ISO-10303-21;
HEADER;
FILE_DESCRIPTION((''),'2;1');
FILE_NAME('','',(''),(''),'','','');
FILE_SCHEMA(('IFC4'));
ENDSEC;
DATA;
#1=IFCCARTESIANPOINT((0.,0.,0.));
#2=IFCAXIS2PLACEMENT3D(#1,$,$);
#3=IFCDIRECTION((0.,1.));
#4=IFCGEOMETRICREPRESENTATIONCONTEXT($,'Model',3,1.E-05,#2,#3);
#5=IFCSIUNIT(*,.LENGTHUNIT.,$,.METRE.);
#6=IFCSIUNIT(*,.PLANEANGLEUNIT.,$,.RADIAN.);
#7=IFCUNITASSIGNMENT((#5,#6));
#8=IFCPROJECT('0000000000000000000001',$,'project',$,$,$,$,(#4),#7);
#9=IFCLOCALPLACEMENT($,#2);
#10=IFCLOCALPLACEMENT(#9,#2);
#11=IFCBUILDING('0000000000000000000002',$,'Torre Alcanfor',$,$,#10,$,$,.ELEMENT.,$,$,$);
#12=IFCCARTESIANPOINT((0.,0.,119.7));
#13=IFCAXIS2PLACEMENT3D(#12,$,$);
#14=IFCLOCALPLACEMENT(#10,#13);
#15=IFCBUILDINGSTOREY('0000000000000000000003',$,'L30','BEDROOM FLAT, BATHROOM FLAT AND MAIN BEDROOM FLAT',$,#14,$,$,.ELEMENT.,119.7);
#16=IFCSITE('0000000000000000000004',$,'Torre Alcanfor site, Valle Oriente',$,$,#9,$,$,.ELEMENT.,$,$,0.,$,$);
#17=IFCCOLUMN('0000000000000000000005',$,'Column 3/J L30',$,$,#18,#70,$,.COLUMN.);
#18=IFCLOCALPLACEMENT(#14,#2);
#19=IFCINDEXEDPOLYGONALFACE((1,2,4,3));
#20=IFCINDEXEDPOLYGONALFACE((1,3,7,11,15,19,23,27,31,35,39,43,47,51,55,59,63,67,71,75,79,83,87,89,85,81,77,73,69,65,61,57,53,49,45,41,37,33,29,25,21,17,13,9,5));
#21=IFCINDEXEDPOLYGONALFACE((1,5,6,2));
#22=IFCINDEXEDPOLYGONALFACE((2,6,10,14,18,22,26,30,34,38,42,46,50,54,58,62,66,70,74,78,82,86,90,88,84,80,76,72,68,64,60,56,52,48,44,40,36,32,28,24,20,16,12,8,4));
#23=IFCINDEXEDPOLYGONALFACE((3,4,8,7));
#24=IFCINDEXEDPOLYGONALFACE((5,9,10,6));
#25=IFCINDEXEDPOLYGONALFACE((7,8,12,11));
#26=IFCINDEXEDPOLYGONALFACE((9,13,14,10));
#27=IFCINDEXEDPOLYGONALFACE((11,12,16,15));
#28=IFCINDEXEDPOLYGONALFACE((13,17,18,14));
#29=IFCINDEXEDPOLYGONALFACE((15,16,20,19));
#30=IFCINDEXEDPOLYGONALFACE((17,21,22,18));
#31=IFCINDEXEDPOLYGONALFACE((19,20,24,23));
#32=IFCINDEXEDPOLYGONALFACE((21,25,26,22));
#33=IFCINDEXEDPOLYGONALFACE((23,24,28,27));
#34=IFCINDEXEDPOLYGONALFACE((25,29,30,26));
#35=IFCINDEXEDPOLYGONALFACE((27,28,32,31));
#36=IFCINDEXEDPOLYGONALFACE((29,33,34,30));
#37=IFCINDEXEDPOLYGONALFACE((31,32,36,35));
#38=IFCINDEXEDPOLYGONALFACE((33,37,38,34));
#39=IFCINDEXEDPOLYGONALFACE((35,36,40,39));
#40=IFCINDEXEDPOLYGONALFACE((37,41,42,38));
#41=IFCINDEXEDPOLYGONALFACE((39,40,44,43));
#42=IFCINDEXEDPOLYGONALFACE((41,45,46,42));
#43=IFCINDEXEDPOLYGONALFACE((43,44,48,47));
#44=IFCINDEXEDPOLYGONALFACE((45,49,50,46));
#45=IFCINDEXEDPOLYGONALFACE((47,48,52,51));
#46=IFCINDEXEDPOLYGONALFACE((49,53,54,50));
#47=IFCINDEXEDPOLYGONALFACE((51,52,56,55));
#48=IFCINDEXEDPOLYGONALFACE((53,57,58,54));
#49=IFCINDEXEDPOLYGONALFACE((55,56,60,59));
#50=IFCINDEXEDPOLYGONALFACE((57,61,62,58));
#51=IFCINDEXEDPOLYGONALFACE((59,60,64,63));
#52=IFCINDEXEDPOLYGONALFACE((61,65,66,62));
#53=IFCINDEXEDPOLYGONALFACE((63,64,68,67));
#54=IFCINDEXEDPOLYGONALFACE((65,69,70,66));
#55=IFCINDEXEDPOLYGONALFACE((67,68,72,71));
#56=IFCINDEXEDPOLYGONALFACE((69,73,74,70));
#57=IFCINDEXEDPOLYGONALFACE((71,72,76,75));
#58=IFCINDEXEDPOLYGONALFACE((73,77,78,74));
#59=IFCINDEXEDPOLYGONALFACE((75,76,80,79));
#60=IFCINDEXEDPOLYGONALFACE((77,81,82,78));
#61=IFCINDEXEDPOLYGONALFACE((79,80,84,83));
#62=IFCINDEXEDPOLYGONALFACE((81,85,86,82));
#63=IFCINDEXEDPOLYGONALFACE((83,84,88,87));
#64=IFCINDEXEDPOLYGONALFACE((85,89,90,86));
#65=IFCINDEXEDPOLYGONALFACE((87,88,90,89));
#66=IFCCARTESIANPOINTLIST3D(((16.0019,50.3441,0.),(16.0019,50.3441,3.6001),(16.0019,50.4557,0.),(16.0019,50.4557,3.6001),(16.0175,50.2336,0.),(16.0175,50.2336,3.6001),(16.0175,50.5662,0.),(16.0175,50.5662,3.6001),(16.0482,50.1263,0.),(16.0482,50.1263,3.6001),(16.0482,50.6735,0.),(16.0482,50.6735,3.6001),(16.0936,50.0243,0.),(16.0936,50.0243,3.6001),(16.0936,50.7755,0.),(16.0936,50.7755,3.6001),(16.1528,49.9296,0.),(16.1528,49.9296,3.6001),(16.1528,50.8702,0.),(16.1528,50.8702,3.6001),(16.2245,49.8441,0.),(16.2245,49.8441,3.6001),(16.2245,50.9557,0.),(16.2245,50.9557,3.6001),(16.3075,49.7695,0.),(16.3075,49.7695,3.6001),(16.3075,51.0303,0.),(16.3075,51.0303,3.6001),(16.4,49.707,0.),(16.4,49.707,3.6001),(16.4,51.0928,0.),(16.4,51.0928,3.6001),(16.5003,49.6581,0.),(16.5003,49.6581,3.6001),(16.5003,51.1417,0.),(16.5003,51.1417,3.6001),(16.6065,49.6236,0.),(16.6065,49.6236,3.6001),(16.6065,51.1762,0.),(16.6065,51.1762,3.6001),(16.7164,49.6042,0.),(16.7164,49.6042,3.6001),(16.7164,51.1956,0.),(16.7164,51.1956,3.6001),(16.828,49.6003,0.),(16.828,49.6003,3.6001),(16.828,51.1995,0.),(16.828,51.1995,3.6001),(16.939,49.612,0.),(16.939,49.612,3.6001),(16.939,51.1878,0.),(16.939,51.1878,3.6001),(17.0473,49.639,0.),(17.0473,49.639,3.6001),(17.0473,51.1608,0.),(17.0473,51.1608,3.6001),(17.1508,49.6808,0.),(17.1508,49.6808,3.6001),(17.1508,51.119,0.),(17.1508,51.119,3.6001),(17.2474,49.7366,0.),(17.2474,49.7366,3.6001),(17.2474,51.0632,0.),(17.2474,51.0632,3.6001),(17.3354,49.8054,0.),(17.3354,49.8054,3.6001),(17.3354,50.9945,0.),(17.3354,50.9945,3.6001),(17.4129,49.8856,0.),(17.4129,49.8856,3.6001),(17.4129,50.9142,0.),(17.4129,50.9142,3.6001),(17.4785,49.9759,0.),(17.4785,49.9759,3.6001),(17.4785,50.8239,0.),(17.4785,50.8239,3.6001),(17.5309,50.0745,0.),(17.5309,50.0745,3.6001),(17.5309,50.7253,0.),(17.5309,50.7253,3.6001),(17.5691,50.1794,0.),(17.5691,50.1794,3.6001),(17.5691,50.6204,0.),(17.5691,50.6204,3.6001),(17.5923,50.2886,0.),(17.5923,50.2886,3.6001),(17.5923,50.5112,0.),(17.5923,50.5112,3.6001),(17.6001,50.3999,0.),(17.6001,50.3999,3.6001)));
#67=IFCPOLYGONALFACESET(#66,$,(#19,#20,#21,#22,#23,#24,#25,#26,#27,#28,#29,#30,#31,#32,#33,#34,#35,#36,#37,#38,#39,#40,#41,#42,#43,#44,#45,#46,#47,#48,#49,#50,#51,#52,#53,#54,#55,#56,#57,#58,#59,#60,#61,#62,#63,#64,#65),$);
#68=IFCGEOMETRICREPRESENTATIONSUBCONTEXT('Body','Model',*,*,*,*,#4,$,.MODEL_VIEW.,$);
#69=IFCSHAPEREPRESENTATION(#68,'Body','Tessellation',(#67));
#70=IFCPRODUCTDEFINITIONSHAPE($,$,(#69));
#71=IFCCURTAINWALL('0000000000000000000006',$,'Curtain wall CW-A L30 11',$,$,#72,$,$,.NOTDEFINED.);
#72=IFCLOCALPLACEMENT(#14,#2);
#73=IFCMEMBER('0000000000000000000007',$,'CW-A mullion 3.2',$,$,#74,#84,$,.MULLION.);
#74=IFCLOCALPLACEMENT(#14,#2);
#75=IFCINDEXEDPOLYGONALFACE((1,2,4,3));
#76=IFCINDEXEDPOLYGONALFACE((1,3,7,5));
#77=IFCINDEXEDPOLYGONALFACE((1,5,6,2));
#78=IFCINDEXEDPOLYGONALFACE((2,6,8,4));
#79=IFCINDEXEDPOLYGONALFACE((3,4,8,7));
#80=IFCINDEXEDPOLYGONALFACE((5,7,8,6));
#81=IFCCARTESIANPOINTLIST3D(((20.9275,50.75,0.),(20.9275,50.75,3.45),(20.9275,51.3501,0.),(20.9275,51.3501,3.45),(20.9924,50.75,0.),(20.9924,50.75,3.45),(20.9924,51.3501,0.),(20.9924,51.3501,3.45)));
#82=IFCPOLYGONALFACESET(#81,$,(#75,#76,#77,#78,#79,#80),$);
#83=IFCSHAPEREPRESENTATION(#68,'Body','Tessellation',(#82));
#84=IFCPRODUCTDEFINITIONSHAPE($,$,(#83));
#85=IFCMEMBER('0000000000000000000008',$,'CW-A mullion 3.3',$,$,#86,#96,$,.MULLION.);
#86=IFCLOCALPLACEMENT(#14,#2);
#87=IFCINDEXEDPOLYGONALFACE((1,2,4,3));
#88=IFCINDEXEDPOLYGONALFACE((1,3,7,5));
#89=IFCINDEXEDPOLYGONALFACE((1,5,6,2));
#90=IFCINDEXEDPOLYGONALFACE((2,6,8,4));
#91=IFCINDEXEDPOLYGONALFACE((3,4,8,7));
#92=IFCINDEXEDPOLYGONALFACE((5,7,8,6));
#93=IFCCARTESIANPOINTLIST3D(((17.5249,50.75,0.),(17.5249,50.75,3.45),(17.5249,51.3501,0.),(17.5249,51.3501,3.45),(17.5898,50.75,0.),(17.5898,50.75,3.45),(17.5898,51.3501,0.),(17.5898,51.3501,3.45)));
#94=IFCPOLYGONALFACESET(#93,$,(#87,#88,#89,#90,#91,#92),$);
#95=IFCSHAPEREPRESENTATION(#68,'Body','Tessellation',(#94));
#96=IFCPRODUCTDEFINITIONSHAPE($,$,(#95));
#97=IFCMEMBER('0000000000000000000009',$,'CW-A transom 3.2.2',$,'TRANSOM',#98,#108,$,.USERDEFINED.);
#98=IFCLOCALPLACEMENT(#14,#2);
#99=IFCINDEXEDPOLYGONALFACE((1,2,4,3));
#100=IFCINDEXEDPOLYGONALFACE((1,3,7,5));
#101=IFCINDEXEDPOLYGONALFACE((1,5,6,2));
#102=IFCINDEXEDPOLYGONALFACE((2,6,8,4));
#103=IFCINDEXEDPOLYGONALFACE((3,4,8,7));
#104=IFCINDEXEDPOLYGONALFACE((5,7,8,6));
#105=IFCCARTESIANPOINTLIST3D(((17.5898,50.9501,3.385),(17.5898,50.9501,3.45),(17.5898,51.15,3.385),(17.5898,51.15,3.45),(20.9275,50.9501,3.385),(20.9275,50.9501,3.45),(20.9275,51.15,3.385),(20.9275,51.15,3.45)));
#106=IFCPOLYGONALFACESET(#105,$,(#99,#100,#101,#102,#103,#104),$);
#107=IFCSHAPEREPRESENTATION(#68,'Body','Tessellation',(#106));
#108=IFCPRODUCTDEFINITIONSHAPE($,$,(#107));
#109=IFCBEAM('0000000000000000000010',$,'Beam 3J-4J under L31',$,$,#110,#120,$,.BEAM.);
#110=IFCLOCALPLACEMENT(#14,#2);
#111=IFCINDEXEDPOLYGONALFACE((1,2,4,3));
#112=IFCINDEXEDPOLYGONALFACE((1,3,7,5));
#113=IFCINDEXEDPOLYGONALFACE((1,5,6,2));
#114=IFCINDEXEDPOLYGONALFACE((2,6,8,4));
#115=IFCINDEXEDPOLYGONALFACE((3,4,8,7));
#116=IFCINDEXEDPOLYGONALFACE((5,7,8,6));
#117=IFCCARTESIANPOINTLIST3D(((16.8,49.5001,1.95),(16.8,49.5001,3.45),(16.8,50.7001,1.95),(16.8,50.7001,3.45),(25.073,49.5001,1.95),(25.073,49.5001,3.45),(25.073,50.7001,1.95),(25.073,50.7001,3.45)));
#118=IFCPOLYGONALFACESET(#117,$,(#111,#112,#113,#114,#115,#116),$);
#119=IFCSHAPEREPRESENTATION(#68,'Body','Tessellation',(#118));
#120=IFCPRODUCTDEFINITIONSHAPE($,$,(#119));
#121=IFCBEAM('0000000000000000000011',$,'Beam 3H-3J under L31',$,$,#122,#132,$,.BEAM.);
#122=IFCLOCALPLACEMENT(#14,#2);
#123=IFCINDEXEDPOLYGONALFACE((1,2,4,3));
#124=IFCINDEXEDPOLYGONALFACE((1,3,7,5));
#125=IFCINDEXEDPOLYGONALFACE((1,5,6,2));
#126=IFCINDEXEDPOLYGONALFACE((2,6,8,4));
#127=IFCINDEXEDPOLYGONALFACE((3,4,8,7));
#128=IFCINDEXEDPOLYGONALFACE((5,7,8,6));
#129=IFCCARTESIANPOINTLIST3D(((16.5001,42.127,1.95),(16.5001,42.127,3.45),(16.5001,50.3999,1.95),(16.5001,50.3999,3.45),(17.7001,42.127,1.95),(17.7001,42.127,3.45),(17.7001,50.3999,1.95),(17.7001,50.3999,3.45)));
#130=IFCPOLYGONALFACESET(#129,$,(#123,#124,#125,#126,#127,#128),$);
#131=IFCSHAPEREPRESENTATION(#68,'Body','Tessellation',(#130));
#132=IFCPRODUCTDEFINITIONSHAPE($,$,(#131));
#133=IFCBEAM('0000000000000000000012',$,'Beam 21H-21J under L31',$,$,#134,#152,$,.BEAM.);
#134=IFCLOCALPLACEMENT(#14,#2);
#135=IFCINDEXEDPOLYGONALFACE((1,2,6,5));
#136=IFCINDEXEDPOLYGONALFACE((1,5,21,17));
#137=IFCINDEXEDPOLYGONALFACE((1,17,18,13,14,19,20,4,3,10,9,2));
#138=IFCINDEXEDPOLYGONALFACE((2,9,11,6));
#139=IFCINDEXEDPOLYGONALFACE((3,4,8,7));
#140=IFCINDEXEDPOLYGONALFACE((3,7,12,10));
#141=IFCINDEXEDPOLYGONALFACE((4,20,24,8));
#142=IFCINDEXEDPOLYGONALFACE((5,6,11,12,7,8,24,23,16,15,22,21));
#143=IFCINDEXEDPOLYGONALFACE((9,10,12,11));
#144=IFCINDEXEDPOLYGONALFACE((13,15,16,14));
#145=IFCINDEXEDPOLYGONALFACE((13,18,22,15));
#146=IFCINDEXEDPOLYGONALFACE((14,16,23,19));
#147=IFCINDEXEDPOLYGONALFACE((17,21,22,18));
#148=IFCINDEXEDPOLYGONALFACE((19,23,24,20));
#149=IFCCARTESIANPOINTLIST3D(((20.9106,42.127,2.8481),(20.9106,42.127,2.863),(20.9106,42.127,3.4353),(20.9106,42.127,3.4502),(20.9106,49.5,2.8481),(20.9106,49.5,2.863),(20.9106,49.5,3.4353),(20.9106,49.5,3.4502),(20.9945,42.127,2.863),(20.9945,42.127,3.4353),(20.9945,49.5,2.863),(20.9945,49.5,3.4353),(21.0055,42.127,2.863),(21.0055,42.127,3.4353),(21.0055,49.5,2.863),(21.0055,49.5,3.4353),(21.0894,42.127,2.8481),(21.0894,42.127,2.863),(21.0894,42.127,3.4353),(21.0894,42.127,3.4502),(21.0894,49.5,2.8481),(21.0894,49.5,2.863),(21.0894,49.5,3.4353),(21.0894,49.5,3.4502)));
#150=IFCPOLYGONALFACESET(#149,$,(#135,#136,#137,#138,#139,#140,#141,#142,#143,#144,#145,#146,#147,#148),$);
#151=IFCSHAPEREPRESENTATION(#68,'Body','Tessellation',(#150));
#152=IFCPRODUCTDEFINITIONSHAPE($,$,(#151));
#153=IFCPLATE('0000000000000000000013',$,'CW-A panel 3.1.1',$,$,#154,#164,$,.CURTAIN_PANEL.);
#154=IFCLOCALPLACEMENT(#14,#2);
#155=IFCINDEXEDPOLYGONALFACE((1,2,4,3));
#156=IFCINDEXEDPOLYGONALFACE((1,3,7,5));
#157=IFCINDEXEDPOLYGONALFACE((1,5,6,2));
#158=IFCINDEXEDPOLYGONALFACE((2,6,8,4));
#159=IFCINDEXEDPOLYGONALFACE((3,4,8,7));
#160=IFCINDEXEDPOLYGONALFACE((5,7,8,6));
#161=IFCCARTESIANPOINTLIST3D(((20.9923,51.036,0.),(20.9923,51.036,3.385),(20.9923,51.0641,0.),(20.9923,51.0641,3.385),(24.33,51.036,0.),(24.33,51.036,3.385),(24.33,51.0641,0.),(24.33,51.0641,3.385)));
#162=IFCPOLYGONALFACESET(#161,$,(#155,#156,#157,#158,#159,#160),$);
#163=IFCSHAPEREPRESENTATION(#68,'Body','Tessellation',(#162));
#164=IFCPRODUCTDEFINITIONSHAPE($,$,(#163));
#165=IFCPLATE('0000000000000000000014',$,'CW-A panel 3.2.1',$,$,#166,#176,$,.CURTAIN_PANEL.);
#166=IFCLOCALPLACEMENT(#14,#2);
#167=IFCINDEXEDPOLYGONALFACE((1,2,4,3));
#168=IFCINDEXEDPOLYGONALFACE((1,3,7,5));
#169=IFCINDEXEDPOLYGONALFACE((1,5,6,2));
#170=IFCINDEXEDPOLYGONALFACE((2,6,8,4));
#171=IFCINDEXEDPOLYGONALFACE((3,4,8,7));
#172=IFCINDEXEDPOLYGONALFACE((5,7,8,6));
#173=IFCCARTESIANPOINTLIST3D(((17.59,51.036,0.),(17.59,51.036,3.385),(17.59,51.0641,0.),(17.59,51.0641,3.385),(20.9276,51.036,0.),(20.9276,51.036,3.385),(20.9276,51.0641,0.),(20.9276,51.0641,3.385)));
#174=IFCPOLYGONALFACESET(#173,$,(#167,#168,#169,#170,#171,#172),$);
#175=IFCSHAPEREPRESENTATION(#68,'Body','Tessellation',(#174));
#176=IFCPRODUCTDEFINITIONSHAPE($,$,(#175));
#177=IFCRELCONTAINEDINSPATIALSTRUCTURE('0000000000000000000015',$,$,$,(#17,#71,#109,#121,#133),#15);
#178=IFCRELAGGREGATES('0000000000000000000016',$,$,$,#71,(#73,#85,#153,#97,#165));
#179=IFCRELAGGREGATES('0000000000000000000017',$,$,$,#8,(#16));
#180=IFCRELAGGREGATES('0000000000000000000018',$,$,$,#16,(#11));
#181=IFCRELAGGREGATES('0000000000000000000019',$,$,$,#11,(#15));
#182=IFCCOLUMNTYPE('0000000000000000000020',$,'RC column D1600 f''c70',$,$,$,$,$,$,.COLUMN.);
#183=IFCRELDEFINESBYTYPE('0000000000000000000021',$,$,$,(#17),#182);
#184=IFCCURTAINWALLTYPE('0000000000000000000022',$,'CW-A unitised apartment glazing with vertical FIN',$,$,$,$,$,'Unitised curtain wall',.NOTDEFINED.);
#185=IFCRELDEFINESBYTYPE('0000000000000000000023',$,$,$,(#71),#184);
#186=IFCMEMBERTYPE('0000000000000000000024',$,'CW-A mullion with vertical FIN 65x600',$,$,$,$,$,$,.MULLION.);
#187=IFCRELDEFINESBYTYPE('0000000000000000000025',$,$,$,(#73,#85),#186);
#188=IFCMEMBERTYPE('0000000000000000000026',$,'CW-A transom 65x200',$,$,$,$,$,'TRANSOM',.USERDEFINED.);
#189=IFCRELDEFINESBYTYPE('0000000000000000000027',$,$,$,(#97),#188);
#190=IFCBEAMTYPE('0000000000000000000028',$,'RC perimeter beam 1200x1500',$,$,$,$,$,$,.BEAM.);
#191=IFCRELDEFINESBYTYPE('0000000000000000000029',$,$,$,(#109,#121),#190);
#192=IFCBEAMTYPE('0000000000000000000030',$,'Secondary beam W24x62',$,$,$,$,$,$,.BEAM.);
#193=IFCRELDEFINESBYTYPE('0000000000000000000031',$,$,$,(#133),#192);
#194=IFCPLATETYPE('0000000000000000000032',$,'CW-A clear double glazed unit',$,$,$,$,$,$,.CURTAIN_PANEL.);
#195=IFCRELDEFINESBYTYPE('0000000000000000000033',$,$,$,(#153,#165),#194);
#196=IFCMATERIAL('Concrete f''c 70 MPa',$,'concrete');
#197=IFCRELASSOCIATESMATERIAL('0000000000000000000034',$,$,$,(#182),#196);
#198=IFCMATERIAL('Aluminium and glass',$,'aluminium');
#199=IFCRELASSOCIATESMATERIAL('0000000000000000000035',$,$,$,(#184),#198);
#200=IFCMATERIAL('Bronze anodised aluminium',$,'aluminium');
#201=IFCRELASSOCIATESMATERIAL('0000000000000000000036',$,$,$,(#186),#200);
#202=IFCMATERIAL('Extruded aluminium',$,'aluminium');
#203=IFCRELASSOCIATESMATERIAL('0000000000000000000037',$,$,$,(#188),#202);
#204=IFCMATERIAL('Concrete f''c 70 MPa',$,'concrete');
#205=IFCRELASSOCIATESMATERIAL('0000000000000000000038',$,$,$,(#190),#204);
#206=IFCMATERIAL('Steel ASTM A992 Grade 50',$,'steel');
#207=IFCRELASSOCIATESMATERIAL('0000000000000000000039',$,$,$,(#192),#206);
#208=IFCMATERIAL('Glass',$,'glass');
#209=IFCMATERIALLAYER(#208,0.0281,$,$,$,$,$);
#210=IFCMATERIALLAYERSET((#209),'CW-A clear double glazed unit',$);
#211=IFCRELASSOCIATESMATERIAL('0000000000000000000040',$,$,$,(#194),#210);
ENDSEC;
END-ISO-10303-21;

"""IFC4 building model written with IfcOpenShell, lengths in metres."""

from ifc_helpers import new_model, si_unit, direction, frame, origin, origin_2d, place, context, subcontext, project, spatial, rectangle, circle, i_section, extrude, material, layer, layer_set, material_profile, profile_set, type_object, element, aggregate, save


model = new_model("IFC4")

# Units and contexts
model_context = context("Model", 3, precision=1e-05, world=origin(), true_north=direction((0.0, 1.0)))
body_context = subcontext(model_context, "Body", "Model", "MODEL_VIEW")
ifc_project = project(units=[si_unit("LENGTHUNIT", "METRE"), si_unit("PLANEANGLEUNIT", "RADIAN")], contexts=[model_context])

# Site, building, storey
site_placement = place(None, origin())
site = spatial("IfcSite", under=ifc_project, at=site_placement, Name="Torre Alcanfor site, Valle Oriente", CompositionType="ELEMENT", RefElevation=0.0)
building_placement = place(site_placement, origin())
building = spatial("IfcBuilding", under=site, at=building_placement, Name="Torre Alcanfor", CompositionType="ELEMENT")
storey_placement = place(building_placement, frame((0.0, 0.0, 119.7)))
storey = spatial("IfcBuildingStorey", under=building, at=storey_placement, Name="L30", Description="BEDROOM FLAT, BATHROOM FLAT AND MAIN BEDROOM FLAT", CompositionType="ELEMENT", Elevation=119.7)

# Column
ifc_material_1 = material(Name="Concrete f'c 70 MPa", Category="concrete")
ifc_material_profile_1 = material_profile(ifc_material_1, circle(Radius=0.8, at=origin_2d()), Name="D1600")
ifc_profile_set_1 = profile_set([ifc_material_profile_1], Name="Concrete f'c 70 MPa")
column_type = type_object("IfcColumnType", Name="RC column D1600 f'c70", PredefinedType="COLUMN", material=ifc_profile_set_1)
column_placement = place(storey_placement, frame((16.8, 50.3999, 0.0), z_axis=(0.0, 0.0, 1.0), x_axis=(1.0, 0.0, 0.0)))
element("IfcColumn", 1, at=column_placement, inside=storey, type_object=column_type, Name="Column 3/J L30", PredefinedType="COLUMN", context=body_context, shape_type="SweptSolid", body=[
    extrude(circle(Radius=0.8, at=origin_2d()), origin(), (0.0, 0.0, 1.0), 3.6001),
])

# Curtain wall, members
ifc_material_2 = material(Name="Aluminium and glass", Category="aluminium")
curtain_wall_type = type_object("IfcCurtainWallType", Name="CW-A unitised apartment glazing with vertical FIN", ElementType="Unitised curtain wall", PredefinedType="NOTDEFINED", material=ifc_material_2)
curtain_wall_placement = place(storey_placement, origin())
curtain_wall = element("IfcCurtainWall", 2, at=curtain_wall_placement, inside=storey, type_object=curtain_wall_type, Name="Curtain wall CW-A L30 11", PredefinedType="NOTDEFINED")
ifc_material_3 = material(Name="Bronze anodised aluminium", Category="aluminium")
ifc_material_profile_2 = material_profile(ifc_material_3, rectangle(XDim=0.6001, YDim=0.0649, at=origin_2d()), Name="CW-A mullion 65x600")
ifc_profile_set_2 = profile_set([ifc_material_profile_2], Name="Bronze anodised aluminium")
member_type_1 = type_object("IfcMemberType", Name="CW-A mullion with vertical FIN 65x600", PredefinedType="MULLION", material=ifc_profile_set_2)
member_1_placement = place(storey_placement, frame((20.96, 51.05, 0.0), z_axis=(0.0, 0.0, 1.0), x_axis=(0.0, -1.0, 0.0)))
member_1 = element("IfcMember", 3, at=member_1_placement, type_object=member_type_1, Name="CW-A mullion 3.2", PredefinedType="MULLION", context=body_context, shape_type="SweptSolid", body=[
    extrude(rectangle(XDim=0.6001, YDim=0.0649, at=origin_2d()), origin(), (0.0, 0.0, 1.0), 3.45),
])
member_2_placement = place(storey_placement, frame((17.5574, 51.05, 0.0), z_axis=(0.0, 0.0, 1.0), x_axis=(0.0, -1.0, 0.0)))
member_2 = element("IfcMember", 4, at=member_2_placement, type_object=member_type_1, Name="CW-A mullion 3.3", PredefinedType="MULLION", context=body_context, shape_type="SweptSolid", body=[
    extrude(rectangle(XDim=0.6001, YDim=0.0649, at=origin_2d()), origin(), (0.0, 0.0, 1.0), 3.45),
])
ifc_material_4 = material(Name="Extruded aluminium", Category="aluminium")
ifc_material_profile_3 = material_profile(ifc_material_4, rectangle(XDim=0.2, YDim=0.0649, at=origin_2d()), Name="CW-A transom 200x65")
ifc_profile_set_3 = profile_set([ifc_material_profile_3], Name="Extruded aluminium")
member_type_2 = type_object("IfcMemberType", Name="CW-A transom 65x200", ElementType="TRANSOM", PredefinedType="USERDEFINED", material=ifc_profile_set_3)
member_3_placement = place(storey_placement, frame((20.9275, 51.05, 3.4175), z_axis=(-1.0, 0.0, 0.0), x_axis=(0.0, -1.0, 0.0)))
member_3 = element("IfcMember", 5, at=member_3_placement, type_object=member_type_2, Name="CW-A transom 3.2.2", ObjectType="TRANSOM", PredefinedType="USERDEFINED", context=body_context, shape_type="SweptSolid", body=[
    extrude(rectangle(XDim=0.2, YDim=0.0649, at=origin_2d()), origin(), (0.0, 0.0, 1.0), 3.3376),
])

# Beams
ifc_material_5 = material(Name="Concrete f'c 70 MPa", Category="concrete")
ifc_material_profile_4 = material_profile(ifc_material_5, rectangle(XDim=1.2, YDim=1.5, at=origin_2d()), Name="1200x1500")
ifc_profile_set_4 = profile_set([ifc_material_profile_4], Name="Concrete f'c 70 MPa")
beam_type_1 = type_object("IfcBeamType", Name="RC perimeter beam 1200x1500", PredefinedType="BEAM", material=ifc_profile_set_4)
for number, where, z_axis, x_axis, name in (
    (6, (16.8, 50.1001, 2.7), (1.0, 0.0, 0.0), (0.0, 1.0, 0.0), "Beam 3J-4J under L31"),
    (7, (17.1001, 42.127, 2.7), (0.0, 1.0, 0.0), (-1.0, 0.0, 0.0), "Beam 3H-3J under L31"),
):
    element("IfcBeam", number, at=place(storey_placement, frame(where, z_axis=z_axis, x_axis=x_axis)), inside=storey, type_object=beam_type_1, Name=name, PredefinedType="BEAM", context=body_context, shape_type="SweptSolid", body=[
        extrude(rectangle(XDim=1.2, YDim=1.5, at=origin_2d()), origin(), (0.0, 0.0, 1.0), 8.2729),
    ])
ifc_material_6 = material(Name="Steel ASTM A992 Grade 50", Category="steel")
ifc_material_profile_5 = material_profile(ifc_material_6, i_section(OverallWidth=0.1787, OverallDepth=0.6021, WebThickness=0.011, FlangeThickness=0.0149, at=origin_2d()), Name="W24x62")
ifc_profile_set_5 = profile_set([ifc_material_profile_5], Name="Steel ASTM A992 Grade 50")
beam_type_2 = type_object("IfcBeamType", Name="Secondary beam W24x62", PredefinedType="BEAM", material=ifc_profile_set_5)
beam_placement = place(storey_placement, frame((21.0, 42.127, 3.1492), z_axis=(0.0, 1.0, 0.0), x_axis=(-1.0, 0.0, 0.0)))
element("IfcBeam", 8, at=beam_placement, inside=storey, type_object=beam_type_2, Name="Beam 21H-21J under L31", PredefinedType="BEAM", context=body_context, shape_type="SweptSolid", body=[
    extrude(i_section(OverallWidth=0.1787, OverallDepth=0.6021, WebThickness=0.011, FlangeThickness=0.0149, at=origin_2d()), origin(), (0.0, 0.0, 1.0), 7.373),
])

# Plates
ifc_material_7 = material(Name="Glass", Category="glass")
ifc_layer_1 = layer(ifc_material_7, 0.0281)
ifc_layer_set_1 = layer_set([ifc_layer_1], Name="CW-A clear double glazed unit")
plate_type = type_object("IfcPlateType", Name="CW-A clear double glazed unit", PredefinedType="CURTAIN_PANEL", material=ifc_layer_set_1)
plate_1_placement = place(storey_placement, frame((22.6611, 51.05, 0.0), z_axis=(0.0, 0.0, 1.0), x_axis=(-1.0, 0.0, 0.0)))
plate_1 = element("IfcPlate", 9, at=plate_1_placement, type_object=plate_type, Name="CW-A panel 3.1.1", PredefinedType="CURTAIN_PANEL", context=body_context, shape_type="SweptSolid", body=[
    extrude(rectangle(XDim=3.3376, YDim=0.0281, at=origin_2d()), origin(), (0.0, 0.0, 1.0), 3.385),
])
plate_2_placement = place(storey_placement, frame((19.2588, 51.05, 0.0), z_axis=(0.0, 0.0, 1.0), x_axis=(-1.0, 0.0, 0.0)))
plate_2 = element("IfcPlate", 10, at=plate_2_placement, type_object=plate_type, Name="CW-A panel 3.2.1", PredefinedType="CURTAIN_PANEL", context=body_context, shape_type="SweptSolid", body=[
    extrude(rectangle(XDim=3.3376, YDim=0.0281, at=origin_2d()), origin(), (0.0, 0.0, 1.0), 3.385),
])
aggregate(curtain_wall, [member_1, member_2, plate_1, member_3, plate_2])

save(model, "model.ifc")
